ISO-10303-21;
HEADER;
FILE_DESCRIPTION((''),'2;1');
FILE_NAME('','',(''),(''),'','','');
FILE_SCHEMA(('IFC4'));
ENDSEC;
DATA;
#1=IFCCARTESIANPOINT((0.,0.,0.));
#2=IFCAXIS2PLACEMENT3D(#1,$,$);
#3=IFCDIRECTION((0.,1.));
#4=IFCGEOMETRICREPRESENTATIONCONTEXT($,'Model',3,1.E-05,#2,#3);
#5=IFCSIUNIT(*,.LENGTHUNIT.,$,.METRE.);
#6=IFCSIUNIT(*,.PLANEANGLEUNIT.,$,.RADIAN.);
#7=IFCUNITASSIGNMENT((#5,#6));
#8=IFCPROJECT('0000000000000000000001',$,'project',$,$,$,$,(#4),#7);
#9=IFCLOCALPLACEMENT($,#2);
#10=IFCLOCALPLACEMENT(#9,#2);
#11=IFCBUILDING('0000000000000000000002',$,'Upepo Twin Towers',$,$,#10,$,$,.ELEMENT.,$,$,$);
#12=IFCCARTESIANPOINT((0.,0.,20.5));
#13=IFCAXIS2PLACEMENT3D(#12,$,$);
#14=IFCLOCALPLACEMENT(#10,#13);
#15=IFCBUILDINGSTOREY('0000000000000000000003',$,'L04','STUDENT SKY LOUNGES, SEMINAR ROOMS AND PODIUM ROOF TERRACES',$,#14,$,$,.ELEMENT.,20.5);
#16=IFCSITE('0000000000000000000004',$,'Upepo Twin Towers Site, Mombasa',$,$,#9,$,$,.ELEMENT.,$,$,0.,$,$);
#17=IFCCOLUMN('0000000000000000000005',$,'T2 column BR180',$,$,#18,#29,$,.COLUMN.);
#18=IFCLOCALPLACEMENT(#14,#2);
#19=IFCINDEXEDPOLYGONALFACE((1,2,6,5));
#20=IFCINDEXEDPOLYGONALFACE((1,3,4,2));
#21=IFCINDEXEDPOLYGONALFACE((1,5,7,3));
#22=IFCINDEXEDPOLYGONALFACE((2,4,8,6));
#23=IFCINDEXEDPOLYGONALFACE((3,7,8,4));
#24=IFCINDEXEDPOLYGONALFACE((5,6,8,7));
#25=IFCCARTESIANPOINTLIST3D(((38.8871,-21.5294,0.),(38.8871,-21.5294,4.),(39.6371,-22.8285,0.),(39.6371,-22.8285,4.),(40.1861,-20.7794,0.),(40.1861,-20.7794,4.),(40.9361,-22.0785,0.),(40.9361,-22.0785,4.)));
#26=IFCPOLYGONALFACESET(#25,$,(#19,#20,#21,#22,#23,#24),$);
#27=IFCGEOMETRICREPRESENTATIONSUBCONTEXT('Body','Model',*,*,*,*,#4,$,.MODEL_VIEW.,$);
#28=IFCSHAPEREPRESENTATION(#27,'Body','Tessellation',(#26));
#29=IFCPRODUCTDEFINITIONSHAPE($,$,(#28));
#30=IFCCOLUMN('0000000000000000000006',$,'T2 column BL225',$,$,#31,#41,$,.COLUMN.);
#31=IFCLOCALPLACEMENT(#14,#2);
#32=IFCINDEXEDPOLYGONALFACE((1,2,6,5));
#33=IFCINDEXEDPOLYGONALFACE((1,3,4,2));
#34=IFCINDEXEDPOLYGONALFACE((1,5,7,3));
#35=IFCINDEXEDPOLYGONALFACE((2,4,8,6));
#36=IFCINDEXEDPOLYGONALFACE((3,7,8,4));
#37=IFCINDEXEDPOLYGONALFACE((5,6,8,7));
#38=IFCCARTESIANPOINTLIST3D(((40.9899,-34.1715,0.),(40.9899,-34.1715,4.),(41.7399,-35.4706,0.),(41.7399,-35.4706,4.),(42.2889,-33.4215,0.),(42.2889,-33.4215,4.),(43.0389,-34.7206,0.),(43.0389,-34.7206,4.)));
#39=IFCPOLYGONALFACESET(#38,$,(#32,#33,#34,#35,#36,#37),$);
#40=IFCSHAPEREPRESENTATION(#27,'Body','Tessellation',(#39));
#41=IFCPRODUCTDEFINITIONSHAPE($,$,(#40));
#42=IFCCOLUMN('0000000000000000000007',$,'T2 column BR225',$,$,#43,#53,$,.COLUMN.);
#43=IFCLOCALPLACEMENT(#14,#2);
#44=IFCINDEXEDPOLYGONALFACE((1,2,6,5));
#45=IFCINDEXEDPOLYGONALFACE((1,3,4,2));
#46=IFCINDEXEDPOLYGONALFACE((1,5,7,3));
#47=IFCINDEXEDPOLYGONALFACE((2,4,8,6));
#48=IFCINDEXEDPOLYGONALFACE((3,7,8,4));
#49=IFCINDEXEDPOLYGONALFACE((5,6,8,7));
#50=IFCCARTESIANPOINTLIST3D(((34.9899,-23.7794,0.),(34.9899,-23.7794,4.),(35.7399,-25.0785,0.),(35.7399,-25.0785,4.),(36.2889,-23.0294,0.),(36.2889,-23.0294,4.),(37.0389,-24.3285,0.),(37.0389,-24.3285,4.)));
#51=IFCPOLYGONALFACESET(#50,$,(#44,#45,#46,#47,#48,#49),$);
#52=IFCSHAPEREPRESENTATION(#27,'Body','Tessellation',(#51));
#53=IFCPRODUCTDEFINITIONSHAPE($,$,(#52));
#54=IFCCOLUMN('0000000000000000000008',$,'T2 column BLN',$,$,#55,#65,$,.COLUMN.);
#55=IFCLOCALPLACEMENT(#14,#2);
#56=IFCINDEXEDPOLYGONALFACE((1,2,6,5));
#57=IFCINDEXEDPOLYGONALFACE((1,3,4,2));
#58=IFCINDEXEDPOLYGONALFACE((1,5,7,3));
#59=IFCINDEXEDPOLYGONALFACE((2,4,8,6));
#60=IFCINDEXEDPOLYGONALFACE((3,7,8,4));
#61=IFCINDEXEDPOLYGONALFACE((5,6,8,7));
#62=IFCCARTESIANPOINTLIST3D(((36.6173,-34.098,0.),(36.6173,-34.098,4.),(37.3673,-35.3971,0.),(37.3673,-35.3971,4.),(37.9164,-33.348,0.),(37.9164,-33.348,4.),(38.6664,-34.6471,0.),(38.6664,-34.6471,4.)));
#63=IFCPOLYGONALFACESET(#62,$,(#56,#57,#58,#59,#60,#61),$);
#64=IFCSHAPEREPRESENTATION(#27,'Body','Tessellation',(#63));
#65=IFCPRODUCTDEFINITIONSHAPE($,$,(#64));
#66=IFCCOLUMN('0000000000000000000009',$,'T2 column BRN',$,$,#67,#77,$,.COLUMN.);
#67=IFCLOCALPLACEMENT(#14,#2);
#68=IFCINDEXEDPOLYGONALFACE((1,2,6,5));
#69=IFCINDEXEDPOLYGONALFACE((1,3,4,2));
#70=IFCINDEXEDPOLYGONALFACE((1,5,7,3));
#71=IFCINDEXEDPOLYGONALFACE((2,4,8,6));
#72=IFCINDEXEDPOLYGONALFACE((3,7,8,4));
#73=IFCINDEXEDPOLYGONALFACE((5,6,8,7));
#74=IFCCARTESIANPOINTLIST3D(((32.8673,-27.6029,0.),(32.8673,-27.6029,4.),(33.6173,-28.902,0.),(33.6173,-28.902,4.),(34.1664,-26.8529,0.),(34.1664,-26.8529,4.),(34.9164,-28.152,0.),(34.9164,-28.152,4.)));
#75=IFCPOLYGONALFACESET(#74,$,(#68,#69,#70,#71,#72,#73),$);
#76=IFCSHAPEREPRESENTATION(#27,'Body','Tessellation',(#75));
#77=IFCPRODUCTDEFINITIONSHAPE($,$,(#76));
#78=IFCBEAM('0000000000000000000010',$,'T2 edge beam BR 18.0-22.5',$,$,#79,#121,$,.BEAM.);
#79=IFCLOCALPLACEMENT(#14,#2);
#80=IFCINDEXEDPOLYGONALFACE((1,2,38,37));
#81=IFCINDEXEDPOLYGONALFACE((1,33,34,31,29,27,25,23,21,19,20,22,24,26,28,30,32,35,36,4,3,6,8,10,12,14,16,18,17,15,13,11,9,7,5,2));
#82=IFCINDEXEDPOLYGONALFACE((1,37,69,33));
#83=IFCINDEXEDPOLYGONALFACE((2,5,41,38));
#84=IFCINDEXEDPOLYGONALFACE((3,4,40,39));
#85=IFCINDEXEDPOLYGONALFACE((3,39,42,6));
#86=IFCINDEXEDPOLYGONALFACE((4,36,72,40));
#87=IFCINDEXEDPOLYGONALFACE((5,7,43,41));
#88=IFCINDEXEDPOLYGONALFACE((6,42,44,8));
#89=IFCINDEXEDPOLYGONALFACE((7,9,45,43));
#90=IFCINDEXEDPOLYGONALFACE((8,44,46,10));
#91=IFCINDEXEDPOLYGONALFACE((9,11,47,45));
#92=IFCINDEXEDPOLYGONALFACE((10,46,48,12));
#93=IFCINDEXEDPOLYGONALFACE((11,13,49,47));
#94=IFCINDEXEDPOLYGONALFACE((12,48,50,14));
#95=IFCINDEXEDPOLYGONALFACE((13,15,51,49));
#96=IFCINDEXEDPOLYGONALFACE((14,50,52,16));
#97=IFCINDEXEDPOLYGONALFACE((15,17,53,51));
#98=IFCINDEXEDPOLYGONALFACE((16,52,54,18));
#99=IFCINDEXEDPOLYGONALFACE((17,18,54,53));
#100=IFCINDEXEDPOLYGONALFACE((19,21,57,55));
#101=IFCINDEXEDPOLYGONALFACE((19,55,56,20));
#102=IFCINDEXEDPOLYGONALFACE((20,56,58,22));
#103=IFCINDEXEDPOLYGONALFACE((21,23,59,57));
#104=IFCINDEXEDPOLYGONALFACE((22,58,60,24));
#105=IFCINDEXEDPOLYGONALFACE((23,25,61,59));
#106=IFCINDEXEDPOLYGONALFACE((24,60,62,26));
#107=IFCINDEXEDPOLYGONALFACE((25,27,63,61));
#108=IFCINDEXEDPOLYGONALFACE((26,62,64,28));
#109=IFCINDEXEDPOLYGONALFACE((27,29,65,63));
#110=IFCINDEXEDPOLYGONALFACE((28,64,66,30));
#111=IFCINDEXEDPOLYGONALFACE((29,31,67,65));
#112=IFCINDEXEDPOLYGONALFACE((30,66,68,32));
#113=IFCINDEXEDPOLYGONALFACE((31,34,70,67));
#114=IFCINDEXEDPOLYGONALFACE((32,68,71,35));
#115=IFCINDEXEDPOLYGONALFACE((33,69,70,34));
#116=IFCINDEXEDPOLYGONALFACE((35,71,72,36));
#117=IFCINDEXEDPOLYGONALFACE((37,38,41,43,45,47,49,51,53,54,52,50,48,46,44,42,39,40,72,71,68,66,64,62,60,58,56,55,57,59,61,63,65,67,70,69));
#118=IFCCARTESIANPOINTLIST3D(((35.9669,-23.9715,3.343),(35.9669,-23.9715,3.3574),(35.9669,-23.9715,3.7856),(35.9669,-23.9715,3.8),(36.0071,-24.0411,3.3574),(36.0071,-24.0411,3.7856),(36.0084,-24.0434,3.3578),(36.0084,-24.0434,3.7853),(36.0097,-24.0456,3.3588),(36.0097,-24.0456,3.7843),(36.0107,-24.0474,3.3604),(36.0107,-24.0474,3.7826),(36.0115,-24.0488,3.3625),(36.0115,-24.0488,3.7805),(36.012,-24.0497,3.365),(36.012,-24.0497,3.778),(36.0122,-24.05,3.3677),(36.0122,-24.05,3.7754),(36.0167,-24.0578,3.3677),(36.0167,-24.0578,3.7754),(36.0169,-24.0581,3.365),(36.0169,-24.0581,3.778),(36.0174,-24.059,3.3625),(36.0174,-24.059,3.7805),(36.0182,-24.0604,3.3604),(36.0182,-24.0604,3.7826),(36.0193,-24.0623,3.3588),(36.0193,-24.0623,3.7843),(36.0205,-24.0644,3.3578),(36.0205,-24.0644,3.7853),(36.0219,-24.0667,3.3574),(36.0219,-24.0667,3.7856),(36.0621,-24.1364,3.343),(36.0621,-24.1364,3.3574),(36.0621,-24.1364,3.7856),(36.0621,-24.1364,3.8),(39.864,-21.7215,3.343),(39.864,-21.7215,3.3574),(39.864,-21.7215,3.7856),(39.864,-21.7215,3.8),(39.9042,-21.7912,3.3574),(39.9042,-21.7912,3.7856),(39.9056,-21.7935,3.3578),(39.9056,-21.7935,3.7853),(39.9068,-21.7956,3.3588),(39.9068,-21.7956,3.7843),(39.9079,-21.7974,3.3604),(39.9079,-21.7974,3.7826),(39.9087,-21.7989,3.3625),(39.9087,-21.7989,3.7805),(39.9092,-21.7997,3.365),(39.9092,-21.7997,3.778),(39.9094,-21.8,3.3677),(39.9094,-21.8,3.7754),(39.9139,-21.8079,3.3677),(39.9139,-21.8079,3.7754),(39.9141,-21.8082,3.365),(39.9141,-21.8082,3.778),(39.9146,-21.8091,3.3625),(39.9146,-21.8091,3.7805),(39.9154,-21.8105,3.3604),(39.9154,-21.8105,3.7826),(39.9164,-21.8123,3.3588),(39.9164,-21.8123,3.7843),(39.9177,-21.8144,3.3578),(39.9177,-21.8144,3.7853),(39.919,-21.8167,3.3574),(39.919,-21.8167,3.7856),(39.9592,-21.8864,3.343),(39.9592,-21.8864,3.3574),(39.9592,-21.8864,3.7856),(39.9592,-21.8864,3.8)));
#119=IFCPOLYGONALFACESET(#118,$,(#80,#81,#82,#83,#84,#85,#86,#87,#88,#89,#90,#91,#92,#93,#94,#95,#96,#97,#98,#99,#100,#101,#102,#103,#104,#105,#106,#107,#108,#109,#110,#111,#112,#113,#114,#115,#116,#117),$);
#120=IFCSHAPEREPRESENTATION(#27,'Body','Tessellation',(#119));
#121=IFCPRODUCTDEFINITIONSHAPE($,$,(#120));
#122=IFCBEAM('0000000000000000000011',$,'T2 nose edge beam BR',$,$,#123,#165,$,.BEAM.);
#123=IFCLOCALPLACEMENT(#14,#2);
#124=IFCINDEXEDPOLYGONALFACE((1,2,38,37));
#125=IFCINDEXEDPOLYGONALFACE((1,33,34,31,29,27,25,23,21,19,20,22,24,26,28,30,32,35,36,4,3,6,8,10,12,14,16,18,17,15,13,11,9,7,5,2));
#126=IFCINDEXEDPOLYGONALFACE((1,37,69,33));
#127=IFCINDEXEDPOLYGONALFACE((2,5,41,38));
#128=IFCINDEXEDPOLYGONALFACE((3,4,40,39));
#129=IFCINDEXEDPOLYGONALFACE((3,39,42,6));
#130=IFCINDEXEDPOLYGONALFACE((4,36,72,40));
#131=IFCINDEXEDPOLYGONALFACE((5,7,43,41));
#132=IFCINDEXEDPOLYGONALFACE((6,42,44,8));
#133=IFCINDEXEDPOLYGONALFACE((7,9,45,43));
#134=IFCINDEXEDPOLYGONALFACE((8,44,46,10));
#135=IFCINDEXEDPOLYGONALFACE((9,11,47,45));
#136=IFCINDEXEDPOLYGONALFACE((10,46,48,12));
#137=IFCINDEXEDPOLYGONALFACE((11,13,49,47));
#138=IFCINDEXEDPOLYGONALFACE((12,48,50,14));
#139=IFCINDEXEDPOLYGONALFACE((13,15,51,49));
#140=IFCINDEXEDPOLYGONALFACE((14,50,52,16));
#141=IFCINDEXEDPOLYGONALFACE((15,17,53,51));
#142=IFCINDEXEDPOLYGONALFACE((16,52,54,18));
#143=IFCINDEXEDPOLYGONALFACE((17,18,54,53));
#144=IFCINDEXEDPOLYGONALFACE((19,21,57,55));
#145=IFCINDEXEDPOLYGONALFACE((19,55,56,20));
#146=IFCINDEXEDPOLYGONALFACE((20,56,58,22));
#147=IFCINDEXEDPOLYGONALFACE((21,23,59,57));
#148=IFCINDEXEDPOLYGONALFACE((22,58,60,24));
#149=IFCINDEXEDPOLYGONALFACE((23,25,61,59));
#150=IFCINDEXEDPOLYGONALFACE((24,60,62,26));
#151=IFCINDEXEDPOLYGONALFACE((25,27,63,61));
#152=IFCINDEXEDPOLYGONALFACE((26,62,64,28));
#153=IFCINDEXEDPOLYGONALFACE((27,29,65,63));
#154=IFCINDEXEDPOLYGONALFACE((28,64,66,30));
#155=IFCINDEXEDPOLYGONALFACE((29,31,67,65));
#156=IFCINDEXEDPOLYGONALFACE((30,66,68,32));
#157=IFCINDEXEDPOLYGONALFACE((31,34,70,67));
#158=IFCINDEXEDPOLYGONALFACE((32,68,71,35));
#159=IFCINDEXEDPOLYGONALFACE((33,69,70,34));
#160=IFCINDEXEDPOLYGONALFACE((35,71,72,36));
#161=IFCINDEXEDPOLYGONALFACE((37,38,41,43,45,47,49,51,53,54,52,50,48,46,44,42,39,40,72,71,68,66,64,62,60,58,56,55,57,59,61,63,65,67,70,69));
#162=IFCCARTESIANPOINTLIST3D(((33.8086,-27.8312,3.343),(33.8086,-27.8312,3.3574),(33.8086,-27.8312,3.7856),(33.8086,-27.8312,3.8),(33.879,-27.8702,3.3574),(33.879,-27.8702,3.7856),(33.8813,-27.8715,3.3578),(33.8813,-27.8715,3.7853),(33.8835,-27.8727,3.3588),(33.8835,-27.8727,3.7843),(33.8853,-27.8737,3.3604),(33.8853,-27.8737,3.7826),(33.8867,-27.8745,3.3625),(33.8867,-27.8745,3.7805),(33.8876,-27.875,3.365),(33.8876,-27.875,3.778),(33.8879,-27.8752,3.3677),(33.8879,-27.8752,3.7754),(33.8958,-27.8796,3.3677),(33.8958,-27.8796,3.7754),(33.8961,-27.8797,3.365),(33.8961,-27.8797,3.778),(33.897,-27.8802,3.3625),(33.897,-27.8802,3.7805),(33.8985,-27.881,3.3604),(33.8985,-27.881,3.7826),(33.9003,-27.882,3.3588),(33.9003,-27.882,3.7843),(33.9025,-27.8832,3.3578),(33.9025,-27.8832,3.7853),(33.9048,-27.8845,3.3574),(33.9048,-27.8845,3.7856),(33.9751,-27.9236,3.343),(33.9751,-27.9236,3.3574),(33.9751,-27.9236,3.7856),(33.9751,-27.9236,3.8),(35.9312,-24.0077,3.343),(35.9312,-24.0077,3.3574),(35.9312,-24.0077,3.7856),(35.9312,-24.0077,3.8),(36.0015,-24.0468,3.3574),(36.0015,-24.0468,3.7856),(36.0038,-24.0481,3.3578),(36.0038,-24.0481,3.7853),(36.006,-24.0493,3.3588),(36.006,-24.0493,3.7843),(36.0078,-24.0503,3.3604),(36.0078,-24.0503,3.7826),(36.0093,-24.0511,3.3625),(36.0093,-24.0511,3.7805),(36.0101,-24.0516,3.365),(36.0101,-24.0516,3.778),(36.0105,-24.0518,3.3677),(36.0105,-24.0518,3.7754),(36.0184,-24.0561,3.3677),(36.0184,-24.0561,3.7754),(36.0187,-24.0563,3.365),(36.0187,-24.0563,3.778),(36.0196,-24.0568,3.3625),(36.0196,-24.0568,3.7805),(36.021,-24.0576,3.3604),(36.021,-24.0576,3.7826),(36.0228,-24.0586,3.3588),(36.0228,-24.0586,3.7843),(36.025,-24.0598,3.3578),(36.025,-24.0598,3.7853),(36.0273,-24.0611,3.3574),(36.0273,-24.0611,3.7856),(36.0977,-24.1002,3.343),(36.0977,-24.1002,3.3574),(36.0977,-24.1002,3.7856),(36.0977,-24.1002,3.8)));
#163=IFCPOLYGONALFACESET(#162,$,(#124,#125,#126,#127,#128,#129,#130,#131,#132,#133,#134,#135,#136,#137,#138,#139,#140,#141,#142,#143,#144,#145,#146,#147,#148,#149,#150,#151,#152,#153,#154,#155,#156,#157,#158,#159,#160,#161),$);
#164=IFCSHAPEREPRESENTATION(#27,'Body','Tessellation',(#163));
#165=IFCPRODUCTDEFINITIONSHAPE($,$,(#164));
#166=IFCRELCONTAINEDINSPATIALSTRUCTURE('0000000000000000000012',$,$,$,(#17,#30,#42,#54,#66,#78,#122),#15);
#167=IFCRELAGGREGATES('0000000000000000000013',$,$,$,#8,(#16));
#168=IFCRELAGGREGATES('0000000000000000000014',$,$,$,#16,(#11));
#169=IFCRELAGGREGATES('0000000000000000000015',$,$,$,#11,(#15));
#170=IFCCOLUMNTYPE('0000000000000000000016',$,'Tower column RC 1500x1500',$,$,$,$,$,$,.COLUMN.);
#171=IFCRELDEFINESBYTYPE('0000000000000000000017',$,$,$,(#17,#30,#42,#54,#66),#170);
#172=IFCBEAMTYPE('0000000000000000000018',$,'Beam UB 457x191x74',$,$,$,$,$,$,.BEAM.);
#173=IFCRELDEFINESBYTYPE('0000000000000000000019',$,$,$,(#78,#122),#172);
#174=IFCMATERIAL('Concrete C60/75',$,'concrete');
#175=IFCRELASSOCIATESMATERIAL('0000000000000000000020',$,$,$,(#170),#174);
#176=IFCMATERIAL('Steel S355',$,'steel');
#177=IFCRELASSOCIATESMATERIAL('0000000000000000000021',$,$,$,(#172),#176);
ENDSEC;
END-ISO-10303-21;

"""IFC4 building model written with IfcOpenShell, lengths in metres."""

from ifc_helpers import new_model, si_unit, direction, frame, origin, origin_2d, place, context, subcontext, project, spatial, rectangle, i_section, extrude, material, material_profile, profile_set, type_object, element, save


model = new_model("IFC4")

# Units and contexts
model_context = context("Model", 3, precision=1e-05, world=origin(), true_north=direction((0.0, 1.0)))
body_context = subcontext(model_context, "Body", "Model", "MODEL_VIEW")
ifc_project = project(units=[si_unit("LENGTHUNIT", "METRE"), si_unit("PLANEANGLEUNIT", "RADIAN")], contexts=[model_context])

# Site, building, storey
site_placement = place(None, origin())
site = spatial("IfcSite", under=ifc_project, at=site_placement, Name="Upepo Twin Towers Site, Mombasa", CompositionType="ELEMENT", RefElevation=0.0)
building_placement = place(site_placement, origin())
building = spatial("IfcBuilding", under=site, at=building_placement, Name="Upepo Twin Towers", CompositionType="ELEMENT")
storey_placement = place(building_placement, frame((0.0, 0.0, 20.5)))
storey = spatial("IfcBuildingStorey", under=building, at=storey_placement, Name="L04", Description="STUDENT SKY LOUNGES, SEMINAR ROOMS AND PODIUM ROOF TERRACES", CompositionType="ELEMENT", Elevation=20.5)

# Columns
ifc_material_1 = material(Name="Concrete C60/75", Category="concrete")
ifc_material_profile_1 = material_profile(ifc_material_1, rectangle(XDim=1.5, YDim=1.5, at=origin_2d()), Name="RC 1500x1500")
ifc_profile_set_1 = profile_set([ifc_material_profile_1], Name="Concrete C60/75")
column_type = type_object("IfcColumnType", Name="Tower column RC 1500x1500", PredefinedType="COLUMN", material=ifc_profile_set_1)
for number, where, z_axis, x_axis, name in (
    (1, (39.9116, -21.804, 0.0), (0.0, 0.0, 1.0), (0.866025, 0.5, 0.0), "T2 column BR180"),
    (2, (42.0144, -34.446, 0.0), (0.0, 0.0, 1.0), (0.866025, 0.5, 0.0), "T2 column BL225"),
    (3, (36.0144, -24.054, 0.0), (0.0, 0.0, 1.0), (0.866025, 0.5, 0.0), "T2 column BR225"),
    (4, (37.6418, -34.3726, 0.0), (0.0, 0.0, 1.0), (0.866025, 0.5, 0.0), "T2 column BLN"),
    (5, (33.8918, -27.8774, 0.0), (0.0, 0.0, 1.0), (0.866025, 0.5, 0.0), "T2 column BRN"),
):
    element("IfcColumn", number, at=place(storey_placement, frame(where, z_axis=z_axis, x_axis=x_axis)), inside=storey, type_object=column_type, Name=name, PredefinedType="COLUMN", context=body_context, shape_type="SweptSolid", body=[
        extrude(rectangle(XDim=1.5, YDim=1.5, at=origin_2d()), origin(), (0.0, 0.0, 1.0), 4.0),
    ])

# Beams
ifc_material_2 = material(Name="Steel S355", Category="steel")
ifc_material_profile_2 = material_profile(ifc_material_2, i_section(OverallWidth=0.1904, OverallDepth=0.457, WebThickness=0.009, FlangeThickness=0.0144, FilletRadius=0.0103, at=origin_2d()), Name="UB 457x191x74")
ifc_profile_set_2 = profile_set([ifc_material_profile_2], Name="Steel S355")
beam_type_1 = type_object("IfcBeamType", Name="Beam UB 457x191x74", PredefinedType="BEAM", material=ifc_profile_set_2)
beam_1_placement = place(storey_placement, frame((39.9116, -21.804, 3.5715), z_axis=(-0.866031, -0.49999, 0.0), x_axis=(0.49999, -0.866031, 0.0)))
element("IfcBeam", 6, at=beam_1_placement, inside=storey, type_object=beam_type_1, Name="T2 edge beam BR 18.0-22.5", PredefinedType="BEAM", context=body_context, shape_type="SweptSolid", body=[
    extrude(i_section(OverallWidth=0.1904, OverallDepth=0.457, WebThickness=0.009, FlangeThickness=0.0144, FilletRadius=0.0103, at=origin_2d()), origin(), (0.0, 0.0, 1.0), 4.5),
])
beam_2_placement = place(storey_placement, frame((36.0144, -24.054, 3.5715), z_axis=(-0.485363, -0.874313, 0.0), x_axis=(0.874313, -0.485363, 0.0)))
element("IfcBeam", 7, at=beam_2_placement, inside=storey, type_object=beam_type_1, Name="T2 nose edge beam BR", PredefinedType="BEAM", context=body_context, shape_type="SweptSolid", body=[
    extrude(i_section(OverallWidth=0.1904, OverallDepth=0.457, WebThickness=0.009, FlangeThickness=0.0144, FilletRadius=0.0103, at=origin_2d()), origin(), (0.0, 0.0, 1.0), 4.373),
])

save(model, "model.ifc")
